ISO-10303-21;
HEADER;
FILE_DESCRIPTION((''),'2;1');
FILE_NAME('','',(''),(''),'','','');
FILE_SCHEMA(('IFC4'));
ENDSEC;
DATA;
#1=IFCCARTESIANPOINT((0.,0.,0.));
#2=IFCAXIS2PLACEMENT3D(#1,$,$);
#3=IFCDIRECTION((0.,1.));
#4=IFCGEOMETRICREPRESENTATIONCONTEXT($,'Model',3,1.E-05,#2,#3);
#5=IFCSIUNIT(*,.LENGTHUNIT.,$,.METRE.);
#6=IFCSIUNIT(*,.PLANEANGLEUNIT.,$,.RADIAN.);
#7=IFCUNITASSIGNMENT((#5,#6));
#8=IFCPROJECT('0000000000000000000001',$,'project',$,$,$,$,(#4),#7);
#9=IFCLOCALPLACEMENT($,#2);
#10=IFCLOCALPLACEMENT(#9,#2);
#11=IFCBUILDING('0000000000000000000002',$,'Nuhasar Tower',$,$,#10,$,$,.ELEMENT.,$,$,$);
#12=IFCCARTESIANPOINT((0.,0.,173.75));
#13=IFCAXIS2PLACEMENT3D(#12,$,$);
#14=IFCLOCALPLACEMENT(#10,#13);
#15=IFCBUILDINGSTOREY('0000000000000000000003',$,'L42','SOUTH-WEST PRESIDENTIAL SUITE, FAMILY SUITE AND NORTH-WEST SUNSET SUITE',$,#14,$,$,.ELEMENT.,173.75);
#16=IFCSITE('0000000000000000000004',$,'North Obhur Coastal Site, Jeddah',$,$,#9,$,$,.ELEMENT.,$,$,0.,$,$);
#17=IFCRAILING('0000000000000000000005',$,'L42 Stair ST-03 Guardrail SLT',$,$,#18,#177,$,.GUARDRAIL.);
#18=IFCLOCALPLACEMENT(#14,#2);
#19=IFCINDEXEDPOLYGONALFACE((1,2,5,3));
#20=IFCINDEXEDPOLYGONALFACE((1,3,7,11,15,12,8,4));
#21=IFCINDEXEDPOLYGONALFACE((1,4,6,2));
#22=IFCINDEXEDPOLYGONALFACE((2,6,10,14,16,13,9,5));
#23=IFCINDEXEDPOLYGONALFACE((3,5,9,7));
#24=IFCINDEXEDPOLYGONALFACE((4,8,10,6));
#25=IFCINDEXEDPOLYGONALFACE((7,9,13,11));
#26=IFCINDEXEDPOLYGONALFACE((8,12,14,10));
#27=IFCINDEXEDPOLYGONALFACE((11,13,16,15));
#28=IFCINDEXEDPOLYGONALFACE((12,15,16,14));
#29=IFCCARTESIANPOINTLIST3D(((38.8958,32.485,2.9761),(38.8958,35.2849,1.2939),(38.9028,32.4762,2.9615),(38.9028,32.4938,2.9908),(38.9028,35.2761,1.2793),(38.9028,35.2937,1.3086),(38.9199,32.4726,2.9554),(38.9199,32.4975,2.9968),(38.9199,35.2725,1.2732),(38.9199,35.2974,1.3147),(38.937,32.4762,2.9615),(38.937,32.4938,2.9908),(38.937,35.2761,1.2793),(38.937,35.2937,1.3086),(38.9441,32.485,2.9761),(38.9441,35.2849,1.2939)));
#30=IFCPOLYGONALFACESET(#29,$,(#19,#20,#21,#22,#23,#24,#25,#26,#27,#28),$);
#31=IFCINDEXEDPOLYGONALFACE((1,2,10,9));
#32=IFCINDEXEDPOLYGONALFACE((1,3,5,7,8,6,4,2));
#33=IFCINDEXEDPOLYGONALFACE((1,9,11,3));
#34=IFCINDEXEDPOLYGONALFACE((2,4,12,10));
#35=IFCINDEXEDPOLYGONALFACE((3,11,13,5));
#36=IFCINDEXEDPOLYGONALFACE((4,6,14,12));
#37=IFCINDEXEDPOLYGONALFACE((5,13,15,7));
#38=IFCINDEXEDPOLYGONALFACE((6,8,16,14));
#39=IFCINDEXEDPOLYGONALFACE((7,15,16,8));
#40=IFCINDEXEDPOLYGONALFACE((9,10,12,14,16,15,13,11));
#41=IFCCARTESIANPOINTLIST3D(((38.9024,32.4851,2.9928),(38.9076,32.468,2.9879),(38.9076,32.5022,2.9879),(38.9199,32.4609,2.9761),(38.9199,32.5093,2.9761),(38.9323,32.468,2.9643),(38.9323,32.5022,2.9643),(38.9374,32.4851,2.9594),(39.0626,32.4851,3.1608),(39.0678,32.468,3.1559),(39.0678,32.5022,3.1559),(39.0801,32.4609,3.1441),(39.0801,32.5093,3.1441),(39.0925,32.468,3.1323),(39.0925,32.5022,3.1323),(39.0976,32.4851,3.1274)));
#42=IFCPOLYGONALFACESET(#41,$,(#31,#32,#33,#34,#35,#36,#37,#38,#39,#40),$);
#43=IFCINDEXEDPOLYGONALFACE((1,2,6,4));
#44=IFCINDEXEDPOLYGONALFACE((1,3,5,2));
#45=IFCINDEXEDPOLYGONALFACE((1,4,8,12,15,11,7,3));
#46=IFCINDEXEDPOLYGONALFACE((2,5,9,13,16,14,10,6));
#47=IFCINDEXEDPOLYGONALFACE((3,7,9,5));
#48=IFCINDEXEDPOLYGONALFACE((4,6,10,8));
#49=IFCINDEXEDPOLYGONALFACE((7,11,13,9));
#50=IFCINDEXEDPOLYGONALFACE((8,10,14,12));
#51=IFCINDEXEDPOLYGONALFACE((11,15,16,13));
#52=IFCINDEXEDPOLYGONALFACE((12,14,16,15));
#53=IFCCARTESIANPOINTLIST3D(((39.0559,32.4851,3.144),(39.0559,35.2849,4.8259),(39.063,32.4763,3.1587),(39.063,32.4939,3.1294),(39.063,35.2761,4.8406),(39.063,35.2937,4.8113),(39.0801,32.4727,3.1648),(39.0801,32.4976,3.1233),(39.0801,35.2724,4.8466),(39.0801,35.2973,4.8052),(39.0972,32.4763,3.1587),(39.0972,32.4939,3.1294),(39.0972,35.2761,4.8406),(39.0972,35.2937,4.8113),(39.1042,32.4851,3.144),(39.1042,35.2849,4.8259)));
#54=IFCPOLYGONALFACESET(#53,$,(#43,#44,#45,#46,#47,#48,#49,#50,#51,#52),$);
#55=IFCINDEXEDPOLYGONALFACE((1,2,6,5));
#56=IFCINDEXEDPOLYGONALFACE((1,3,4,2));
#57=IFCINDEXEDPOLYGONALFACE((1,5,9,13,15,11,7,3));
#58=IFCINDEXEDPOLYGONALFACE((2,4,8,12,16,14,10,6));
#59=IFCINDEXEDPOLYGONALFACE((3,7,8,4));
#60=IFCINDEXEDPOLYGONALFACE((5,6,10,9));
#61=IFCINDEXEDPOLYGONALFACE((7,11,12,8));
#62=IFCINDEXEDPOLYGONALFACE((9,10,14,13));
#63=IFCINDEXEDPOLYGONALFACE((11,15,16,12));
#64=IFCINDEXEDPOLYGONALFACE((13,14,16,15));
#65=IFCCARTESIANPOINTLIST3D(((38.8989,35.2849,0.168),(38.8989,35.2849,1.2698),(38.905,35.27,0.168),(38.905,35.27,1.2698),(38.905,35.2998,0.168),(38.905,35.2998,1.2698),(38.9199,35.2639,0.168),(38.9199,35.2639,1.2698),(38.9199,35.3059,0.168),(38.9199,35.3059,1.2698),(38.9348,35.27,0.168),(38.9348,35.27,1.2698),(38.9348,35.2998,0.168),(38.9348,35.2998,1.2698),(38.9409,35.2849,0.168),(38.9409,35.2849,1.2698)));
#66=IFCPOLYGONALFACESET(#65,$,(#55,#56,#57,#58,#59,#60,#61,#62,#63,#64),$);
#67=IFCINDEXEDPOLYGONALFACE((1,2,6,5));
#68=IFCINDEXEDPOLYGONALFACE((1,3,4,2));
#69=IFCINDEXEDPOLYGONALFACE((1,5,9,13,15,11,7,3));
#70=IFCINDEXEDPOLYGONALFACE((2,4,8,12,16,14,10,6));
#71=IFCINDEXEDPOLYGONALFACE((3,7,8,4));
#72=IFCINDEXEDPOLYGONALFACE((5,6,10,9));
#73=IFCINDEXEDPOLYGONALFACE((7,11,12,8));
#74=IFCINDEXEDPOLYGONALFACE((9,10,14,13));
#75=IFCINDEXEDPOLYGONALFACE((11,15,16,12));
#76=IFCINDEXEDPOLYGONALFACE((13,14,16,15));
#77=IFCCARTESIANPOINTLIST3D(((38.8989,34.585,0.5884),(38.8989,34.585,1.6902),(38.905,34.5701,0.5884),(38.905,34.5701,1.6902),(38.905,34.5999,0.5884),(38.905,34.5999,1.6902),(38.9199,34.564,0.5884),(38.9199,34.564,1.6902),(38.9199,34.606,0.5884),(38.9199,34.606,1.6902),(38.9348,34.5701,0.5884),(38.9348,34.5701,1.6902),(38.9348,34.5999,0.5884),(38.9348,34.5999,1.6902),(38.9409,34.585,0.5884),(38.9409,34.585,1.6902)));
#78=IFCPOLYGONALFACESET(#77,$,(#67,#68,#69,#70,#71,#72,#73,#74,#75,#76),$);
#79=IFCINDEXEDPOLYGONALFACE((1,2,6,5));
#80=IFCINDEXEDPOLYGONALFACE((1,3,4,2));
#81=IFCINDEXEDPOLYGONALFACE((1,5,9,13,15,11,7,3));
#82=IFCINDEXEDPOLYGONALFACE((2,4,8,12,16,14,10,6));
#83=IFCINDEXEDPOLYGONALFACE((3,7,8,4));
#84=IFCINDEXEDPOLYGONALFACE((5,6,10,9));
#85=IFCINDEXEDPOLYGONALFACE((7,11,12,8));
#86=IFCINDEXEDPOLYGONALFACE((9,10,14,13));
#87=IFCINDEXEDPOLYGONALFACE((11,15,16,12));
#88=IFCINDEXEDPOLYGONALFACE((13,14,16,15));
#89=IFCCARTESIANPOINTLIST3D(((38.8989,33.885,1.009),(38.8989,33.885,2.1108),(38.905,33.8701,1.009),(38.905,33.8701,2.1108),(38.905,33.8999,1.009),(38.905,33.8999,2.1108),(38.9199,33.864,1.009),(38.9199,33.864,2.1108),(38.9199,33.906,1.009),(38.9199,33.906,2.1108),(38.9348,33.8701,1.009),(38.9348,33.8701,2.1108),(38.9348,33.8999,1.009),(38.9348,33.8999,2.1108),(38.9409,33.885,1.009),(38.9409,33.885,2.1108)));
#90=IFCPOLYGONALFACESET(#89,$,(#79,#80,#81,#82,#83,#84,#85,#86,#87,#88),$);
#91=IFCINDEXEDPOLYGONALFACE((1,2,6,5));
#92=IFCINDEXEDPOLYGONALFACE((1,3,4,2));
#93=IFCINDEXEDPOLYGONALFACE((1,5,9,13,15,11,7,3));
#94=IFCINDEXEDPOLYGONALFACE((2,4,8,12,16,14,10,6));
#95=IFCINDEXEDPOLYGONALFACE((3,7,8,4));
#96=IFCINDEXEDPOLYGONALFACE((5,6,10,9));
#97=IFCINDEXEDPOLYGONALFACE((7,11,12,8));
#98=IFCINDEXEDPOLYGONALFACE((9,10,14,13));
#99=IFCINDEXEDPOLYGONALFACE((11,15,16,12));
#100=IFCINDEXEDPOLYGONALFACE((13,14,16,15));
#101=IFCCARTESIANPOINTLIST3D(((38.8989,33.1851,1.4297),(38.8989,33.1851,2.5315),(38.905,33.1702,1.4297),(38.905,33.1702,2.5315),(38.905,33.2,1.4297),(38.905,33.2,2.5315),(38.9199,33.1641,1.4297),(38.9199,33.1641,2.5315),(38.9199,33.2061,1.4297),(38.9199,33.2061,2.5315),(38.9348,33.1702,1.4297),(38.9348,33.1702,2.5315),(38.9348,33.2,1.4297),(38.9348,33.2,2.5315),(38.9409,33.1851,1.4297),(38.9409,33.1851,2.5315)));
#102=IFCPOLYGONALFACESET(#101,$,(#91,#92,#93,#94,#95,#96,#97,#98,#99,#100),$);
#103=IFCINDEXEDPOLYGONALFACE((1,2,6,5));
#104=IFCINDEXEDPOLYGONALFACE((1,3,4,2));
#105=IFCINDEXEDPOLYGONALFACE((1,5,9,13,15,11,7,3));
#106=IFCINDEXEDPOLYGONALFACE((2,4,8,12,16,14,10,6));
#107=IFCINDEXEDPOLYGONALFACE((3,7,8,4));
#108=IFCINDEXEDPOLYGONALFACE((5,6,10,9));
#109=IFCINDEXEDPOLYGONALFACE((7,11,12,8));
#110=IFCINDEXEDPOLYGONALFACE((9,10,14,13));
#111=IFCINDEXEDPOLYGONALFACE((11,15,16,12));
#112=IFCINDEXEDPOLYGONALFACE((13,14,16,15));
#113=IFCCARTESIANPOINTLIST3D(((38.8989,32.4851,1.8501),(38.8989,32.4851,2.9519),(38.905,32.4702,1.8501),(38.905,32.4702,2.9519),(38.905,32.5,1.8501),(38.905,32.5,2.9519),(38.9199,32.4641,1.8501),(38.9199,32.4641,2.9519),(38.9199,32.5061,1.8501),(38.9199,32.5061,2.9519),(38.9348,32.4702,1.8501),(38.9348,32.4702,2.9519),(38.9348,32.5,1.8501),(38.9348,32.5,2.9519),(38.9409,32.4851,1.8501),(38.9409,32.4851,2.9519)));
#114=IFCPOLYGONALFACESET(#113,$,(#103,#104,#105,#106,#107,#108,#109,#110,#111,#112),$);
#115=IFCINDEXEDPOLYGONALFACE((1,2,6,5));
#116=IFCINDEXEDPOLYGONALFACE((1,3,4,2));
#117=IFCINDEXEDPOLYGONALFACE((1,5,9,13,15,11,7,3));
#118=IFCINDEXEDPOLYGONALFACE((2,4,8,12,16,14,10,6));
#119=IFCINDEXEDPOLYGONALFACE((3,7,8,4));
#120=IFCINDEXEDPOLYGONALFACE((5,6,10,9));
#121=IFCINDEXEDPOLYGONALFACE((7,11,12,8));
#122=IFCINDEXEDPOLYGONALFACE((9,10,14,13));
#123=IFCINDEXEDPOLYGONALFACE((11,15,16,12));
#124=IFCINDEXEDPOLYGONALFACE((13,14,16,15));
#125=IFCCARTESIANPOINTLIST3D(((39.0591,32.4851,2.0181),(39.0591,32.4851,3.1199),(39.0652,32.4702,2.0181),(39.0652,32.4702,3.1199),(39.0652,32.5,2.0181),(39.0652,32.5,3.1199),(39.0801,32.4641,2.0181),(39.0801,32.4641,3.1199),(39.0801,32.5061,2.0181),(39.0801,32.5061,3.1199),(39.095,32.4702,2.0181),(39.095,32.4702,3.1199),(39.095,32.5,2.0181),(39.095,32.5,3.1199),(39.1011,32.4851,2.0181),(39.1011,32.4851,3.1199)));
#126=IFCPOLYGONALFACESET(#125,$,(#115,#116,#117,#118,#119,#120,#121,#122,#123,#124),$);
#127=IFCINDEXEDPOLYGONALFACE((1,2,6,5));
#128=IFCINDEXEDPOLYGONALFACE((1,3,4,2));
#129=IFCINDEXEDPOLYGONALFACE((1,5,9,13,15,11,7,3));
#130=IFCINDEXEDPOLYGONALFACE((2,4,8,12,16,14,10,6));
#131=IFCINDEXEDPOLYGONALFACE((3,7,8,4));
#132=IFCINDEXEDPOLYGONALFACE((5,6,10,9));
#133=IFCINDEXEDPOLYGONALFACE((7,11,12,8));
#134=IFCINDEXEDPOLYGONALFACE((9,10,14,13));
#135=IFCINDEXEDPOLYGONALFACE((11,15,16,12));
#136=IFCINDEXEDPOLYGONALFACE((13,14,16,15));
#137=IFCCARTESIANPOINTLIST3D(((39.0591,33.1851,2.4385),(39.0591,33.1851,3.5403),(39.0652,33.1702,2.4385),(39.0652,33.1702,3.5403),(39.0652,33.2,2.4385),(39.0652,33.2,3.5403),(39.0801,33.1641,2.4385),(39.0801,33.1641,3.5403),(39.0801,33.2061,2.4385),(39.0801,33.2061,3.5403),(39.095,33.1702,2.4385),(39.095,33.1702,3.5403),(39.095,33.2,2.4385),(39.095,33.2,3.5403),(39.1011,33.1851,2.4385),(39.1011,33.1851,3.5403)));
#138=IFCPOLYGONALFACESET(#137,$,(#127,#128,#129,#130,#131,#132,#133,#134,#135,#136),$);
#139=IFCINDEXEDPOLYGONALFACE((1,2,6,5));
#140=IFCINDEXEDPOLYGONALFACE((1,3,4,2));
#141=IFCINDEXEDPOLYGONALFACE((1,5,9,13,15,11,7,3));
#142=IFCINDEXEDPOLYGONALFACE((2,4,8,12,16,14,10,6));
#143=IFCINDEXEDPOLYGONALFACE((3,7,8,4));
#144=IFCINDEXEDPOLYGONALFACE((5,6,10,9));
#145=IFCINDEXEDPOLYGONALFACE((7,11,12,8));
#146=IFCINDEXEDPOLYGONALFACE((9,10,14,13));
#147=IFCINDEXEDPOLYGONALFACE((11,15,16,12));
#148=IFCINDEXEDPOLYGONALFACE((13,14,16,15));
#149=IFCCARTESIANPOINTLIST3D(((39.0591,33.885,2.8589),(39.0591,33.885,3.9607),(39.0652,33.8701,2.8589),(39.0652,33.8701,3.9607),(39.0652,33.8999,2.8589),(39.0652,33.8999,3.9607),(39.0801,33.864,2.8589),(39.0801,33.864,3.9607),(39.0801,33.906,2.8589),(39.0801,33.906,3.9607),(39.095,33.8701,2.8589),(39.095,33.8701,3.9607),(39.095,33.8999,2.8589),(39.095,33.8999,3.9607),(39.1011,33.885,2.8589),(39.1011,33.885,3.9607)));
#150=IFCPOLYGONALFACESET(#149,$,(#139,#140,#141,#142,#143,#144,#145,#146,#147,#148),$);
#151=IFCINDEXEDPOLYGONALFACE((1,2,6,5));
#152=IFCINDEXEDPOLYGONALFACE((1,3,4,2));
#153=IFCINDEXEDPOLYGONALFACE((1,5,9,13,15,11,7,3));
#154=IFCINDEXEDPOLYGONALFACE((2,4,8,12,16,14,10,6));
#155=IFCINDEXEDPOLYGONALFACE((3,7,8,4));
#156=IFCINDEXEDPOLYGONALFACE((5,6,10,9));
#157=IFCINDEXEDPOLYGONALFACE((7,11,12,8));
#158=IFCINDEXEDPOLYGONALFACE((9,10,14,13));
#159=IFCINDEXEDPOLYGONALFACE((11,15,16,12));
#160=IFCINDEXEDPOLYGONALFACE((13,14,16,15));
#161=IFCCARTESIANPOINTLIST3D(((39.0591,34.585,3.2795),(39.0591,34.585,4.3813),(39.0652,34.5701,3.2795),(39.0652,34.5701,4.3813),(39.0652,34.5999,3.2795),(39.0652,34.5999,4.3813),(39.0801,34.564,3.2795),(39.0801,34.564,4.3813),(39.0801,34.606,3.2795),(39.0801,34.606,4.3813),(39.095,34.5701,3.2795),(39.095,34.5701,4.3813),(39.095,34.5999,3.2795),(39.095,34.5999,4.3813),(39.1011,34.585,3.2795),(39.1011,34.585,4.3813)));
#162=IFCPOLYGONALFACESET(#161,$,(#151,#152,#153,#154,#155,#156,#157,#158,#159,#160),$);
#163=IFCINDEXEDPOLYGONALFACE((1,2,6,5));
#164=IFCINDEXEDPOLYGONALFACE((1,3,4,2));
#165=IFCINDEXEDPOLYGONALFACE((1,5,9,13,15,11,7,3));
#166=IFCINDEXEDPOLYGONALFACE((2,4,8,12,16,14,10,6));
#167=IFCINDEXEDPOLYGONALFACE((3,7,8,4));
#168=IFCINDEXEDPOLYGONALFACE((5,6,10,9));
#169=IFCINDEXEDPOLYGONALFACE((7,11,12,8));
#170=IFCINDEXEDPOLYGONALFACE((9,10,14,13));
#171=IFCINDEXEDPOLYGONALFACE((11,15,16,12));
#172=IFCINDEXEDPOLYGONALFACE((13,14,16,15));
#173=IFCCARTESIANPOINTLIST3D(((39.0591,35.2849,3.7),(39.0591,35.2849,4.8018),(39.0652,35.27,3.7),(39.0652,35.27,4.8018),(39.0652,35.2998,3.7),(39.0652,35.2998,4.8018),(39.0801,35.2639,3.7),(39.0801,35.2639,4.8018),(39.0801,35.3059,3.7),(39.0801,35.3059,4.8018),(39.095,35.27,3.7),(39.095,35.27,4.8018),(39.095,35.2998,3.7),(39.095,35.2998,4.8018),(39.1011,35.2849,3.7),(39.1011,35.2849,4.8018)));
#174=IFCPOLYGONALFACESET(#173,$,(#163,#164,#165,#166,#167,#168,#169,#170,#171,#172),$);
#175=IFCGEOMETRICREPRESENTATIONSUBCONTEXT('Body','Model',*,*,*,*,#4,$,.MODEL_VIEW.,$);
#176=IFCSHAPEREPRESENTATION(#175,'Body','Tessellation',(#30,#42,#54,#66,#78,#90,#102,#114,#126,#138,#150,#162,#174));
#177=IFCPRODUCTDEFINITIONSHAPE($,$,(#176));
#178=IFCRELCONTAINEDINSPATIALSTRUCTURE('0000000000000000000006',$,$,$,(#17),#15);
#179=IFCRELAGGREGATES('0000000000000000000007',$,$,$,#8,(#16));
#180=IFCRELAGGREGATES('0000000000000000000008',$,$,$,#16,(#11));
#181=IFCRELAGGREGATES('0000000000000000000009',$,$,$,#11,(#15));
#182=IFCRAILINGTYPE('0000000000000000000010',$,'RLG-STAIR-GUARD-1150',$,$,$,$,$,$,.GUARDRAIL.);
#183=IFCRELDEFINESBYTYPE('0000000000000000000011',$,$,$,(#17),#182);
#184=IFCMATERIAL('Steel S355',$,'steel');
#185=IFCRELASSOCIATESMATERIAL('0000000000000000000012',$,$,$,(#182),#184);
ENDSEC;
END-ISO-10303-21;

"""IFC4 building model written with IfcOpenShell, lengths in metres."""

from ifc_helpers import new_model, si_unit, direction, frame, origin, place, context, subcontext, project, spatial, polyline, outline, extrude, material, type_object, element, save


model = new_model("IFC4")

# Units and contexts
model_context = context("Model", 3, precision=1e-05, world=origin(), true_north=direction((0.0, 1.0)))
body_context = subcontext(model_context, "Body", "Model", "MODEL_VIEW")
ifc_project = project(units=[si_unit("LENGTHUNIT", "METRE"), si_unit("PLANEANGLEUNIT", "RADIAN")], contexts=[model_context])

# Site, building, storey
site_placement = place(None, origin())
site = spatial("IfcSite", under=ifc_project, at=site_placement, Name="North Obhur Coastal Site, Jeddah", CompositionType="ELEMENT", RefElevation=0.0)
building_placement = place(site_placement, origin())
building = spatial("IfcBuilding", under=site, at=building_placement, Name="Nuhasar Tower", CompositionType="ELEMENT")
storey_placement = place(building_placement, frame((0.0, 0.0, 173.75)))
storey = spatial("IfcBuildingStorey", under=building, at=storey_placement, Name="L42", Description="SOUTH-WEST PRESIDENTIAL SUITE, FAMILY SUITE AND NORTH-WEST SUNSET SUITE", CompositionType="ELEMENT", Elevation=173.75)

# Shared definitions
ifc_material_1 = material(Name="Steel S355", Category="steel")

# Railing
railing_type_1 = type_object("IfcRailingType", Name="RLG-STAIR-GUARD-1150", PredefinedType="GUARDRAIL", material=ifc_material_1)
railing_1_placement = place(storey_placement, frame((38.9199, 35.2849, 0.168)))
element("IfcRailing", 1, at=railing_1_placement, inside=storey, type_object=railing_type_1, Name="L42 Stair ST-03 Guardrail SLT", PredefinedType="GUARDRAIL", context=body_context, shape_type="SweptSolid", body=[
    extrude(outline(polyline([(0.0242, 0.0), (0.0171, 0.0171), (0.0, 0.0242), (-0.0171, 0.0171), (-0.0242, 0.0), (-0.0171, -0.0171), (0.0, -0.0242), (0.0171, -0.0171), (0.0242, 0.0)])), frame((0.0, 0.0, 1.126), z_axis=(0.0, -0.857189, 0.515001), x_axis=(1.0, 0.0, 0.0)), (0.0, 0.0, 1.0), 3.2664),
    extrude(outline(polyline([(0.0242, 0.0), (0.0171, 0.0171), (0.0, 0.0242), (-0.0171, 0.0171), (-0.0242, 0.0), (-0.0171, -0.0171), (0.0, -0.0242), (0.0171, -0.0171), (0.0242, 0.0)])), frame((0.0, -2.7998, 2.8081), z_axis=(0.690075, 0.0, 0.723738), x_axis=(0.0, 1.0, 0.0)), (0.0, 0.0, 1.0), 0.2322),
    extrude(outline(polyline([(0.0242, 0.0), (0.0171, 0.0171), (0.0, 0.0242), (-0.0171, 0.0171), (-0.0242, 0.0), (-0.0171, -0.0171), (0.0, -0.0242), (0.0171, -0.0171), (0.0242, 0.0)])), frame((0.1602, -2.7998, 2.9761), z_axis=(0.0, 0.857222, 0.514946), x_axis=(-1.0, 0.0, 0.0)), (0.0, 0.0, 1.0), 3.2661),
    extrude(outline(polyline([(0.021, 0.0), (0.0149, 0.0149), (0.0, 0.021), (-0.0149, 0.0149), (-0.021, 0.0), (-0.0149, -0.0149), (0.0, -0.021), (0.0149, -0.0149), (0.021, 0.0)])), origin(), (0.0, 0.0, 1.0), 1.1018),
    extrude(outline(polyline([(0.021, 0.0), (0.0149, 0.0149), (0.0, 0.021), (-0.0149, 0.0149), (-0.021, 0.0), (-0.0149, -0.0149), (0.0, -0.021), (0.0149, -0.0149), (0.021, 0.0)])), frame((0.0, -0.7, 0.4204)), (0.0, 0.0, 1.0), 1.1018),
    extrude(outline(polyline([(0.021, 0.0), (0.0149, 0.0149), (0.0, 0.021), (-0.0149, 0.0149), (-0.021, 0.0), (-0.0149, -0.0149), (0.0, -0.021), (0.0149, -0.0149), (0.021, 0.0)])), frame((0.0, -1.3999, 0.8411)), (0.0, 0.0, 1.0), 1.1018),
    extrude(outline(polyline([(0.021, 0.0), (0.0149, 0.0149), (0.0, 0.021), (-0.0149, 0.0149), (-0.021, 0.0), (-0.0149, -0.0149), (0.0, -0.021), (0.0149, -0.0149), (0.021, 0.0)])), frame((0.0, -2.0999, 1.2617)), (0.0, 0.0, 1.0), 1.1018),
    extrude(outline(polyline([(0.021, 0.0), (0.0149, 0.0149), (0.0, 0.021), (-0.0149, 0.0149), (-0.021, 0.0), (-0.0149, -0.0149), (0.0, -0.021), (0.0149, -0.0149), (0.021, 0.0)])), frame((0.0, -2.7998, 1.6821)), (0.0, 0.0, 1.0), 1.1018),
    extrude(outline(polyline([(0.021, 0.0), (0.0149, 0.0149), (0.0, 0.021), (-0.0149, 0.0149), (-0.021, 0.0), (-0.0149, -0.0149), (0.0, -0.021), (0.0149, -0.0149), (0.021, 0.0)])), frame((0.1602, -2.7998, 1.8501)), (0.0, 0.0, 1.0), 1.1018),
    extrude(outline(polyline([(0.021, 0.0), (0.0149, 0.0149), (0.0, 0.021), (-0.0149, 0.0149), (-0.021, 0.0), (-0.0149, -0.0149), (0.0, -0.021), (0.0149, -0.0149), (0.021, 0.0)])), frame((0.1602, -2.0999, 2.2705)), (0.0, 0.0, 1.0), 1.1018),
    extrude(outline(polyline([(0.021, 0.0), (0.0149, 0.0149), (0.0, 0.021), (-0.0149, 0.0149), (-0.021, 0.0), (-0.0149, -0.0149), (0.0, -0.021), (0.0149, -0.0149), (0.021, 0.0)])), frame((0.1602, -1.3999, 2.6909)), (0.0, 0.0, 1.0), 1.1018),
    extrude(outline(polyline([(0.021, 0.0), (0.0149, 0.0149), (0.0, 0.021), (-0.0149, 0.0149), (-0.021, 0.0), (-0.0149, -0.0149), (0.0, -0.021), (0.0149, -0.0149), (0.021, 0.0)])), frame((0.1602, -0.7, 3.1116)), (0.0, 0.0, 1.0), 1.1018),
    extrude(outline(polyline([(0.021, 0.0), (0.0149, 0.0149), (0.0, 0.021), (-0.0149, 0.0149), (-0.021, 0.0), (-0.0149, -0.0149), (0.0, -0.021), (0.0149, -0.0149), (0.021, 0.0)])), frame((0.1602, 0.0, 3.532)), (0.0, 0.0, 1.0), 1.1018),
])

save(model, "model.ifc")
